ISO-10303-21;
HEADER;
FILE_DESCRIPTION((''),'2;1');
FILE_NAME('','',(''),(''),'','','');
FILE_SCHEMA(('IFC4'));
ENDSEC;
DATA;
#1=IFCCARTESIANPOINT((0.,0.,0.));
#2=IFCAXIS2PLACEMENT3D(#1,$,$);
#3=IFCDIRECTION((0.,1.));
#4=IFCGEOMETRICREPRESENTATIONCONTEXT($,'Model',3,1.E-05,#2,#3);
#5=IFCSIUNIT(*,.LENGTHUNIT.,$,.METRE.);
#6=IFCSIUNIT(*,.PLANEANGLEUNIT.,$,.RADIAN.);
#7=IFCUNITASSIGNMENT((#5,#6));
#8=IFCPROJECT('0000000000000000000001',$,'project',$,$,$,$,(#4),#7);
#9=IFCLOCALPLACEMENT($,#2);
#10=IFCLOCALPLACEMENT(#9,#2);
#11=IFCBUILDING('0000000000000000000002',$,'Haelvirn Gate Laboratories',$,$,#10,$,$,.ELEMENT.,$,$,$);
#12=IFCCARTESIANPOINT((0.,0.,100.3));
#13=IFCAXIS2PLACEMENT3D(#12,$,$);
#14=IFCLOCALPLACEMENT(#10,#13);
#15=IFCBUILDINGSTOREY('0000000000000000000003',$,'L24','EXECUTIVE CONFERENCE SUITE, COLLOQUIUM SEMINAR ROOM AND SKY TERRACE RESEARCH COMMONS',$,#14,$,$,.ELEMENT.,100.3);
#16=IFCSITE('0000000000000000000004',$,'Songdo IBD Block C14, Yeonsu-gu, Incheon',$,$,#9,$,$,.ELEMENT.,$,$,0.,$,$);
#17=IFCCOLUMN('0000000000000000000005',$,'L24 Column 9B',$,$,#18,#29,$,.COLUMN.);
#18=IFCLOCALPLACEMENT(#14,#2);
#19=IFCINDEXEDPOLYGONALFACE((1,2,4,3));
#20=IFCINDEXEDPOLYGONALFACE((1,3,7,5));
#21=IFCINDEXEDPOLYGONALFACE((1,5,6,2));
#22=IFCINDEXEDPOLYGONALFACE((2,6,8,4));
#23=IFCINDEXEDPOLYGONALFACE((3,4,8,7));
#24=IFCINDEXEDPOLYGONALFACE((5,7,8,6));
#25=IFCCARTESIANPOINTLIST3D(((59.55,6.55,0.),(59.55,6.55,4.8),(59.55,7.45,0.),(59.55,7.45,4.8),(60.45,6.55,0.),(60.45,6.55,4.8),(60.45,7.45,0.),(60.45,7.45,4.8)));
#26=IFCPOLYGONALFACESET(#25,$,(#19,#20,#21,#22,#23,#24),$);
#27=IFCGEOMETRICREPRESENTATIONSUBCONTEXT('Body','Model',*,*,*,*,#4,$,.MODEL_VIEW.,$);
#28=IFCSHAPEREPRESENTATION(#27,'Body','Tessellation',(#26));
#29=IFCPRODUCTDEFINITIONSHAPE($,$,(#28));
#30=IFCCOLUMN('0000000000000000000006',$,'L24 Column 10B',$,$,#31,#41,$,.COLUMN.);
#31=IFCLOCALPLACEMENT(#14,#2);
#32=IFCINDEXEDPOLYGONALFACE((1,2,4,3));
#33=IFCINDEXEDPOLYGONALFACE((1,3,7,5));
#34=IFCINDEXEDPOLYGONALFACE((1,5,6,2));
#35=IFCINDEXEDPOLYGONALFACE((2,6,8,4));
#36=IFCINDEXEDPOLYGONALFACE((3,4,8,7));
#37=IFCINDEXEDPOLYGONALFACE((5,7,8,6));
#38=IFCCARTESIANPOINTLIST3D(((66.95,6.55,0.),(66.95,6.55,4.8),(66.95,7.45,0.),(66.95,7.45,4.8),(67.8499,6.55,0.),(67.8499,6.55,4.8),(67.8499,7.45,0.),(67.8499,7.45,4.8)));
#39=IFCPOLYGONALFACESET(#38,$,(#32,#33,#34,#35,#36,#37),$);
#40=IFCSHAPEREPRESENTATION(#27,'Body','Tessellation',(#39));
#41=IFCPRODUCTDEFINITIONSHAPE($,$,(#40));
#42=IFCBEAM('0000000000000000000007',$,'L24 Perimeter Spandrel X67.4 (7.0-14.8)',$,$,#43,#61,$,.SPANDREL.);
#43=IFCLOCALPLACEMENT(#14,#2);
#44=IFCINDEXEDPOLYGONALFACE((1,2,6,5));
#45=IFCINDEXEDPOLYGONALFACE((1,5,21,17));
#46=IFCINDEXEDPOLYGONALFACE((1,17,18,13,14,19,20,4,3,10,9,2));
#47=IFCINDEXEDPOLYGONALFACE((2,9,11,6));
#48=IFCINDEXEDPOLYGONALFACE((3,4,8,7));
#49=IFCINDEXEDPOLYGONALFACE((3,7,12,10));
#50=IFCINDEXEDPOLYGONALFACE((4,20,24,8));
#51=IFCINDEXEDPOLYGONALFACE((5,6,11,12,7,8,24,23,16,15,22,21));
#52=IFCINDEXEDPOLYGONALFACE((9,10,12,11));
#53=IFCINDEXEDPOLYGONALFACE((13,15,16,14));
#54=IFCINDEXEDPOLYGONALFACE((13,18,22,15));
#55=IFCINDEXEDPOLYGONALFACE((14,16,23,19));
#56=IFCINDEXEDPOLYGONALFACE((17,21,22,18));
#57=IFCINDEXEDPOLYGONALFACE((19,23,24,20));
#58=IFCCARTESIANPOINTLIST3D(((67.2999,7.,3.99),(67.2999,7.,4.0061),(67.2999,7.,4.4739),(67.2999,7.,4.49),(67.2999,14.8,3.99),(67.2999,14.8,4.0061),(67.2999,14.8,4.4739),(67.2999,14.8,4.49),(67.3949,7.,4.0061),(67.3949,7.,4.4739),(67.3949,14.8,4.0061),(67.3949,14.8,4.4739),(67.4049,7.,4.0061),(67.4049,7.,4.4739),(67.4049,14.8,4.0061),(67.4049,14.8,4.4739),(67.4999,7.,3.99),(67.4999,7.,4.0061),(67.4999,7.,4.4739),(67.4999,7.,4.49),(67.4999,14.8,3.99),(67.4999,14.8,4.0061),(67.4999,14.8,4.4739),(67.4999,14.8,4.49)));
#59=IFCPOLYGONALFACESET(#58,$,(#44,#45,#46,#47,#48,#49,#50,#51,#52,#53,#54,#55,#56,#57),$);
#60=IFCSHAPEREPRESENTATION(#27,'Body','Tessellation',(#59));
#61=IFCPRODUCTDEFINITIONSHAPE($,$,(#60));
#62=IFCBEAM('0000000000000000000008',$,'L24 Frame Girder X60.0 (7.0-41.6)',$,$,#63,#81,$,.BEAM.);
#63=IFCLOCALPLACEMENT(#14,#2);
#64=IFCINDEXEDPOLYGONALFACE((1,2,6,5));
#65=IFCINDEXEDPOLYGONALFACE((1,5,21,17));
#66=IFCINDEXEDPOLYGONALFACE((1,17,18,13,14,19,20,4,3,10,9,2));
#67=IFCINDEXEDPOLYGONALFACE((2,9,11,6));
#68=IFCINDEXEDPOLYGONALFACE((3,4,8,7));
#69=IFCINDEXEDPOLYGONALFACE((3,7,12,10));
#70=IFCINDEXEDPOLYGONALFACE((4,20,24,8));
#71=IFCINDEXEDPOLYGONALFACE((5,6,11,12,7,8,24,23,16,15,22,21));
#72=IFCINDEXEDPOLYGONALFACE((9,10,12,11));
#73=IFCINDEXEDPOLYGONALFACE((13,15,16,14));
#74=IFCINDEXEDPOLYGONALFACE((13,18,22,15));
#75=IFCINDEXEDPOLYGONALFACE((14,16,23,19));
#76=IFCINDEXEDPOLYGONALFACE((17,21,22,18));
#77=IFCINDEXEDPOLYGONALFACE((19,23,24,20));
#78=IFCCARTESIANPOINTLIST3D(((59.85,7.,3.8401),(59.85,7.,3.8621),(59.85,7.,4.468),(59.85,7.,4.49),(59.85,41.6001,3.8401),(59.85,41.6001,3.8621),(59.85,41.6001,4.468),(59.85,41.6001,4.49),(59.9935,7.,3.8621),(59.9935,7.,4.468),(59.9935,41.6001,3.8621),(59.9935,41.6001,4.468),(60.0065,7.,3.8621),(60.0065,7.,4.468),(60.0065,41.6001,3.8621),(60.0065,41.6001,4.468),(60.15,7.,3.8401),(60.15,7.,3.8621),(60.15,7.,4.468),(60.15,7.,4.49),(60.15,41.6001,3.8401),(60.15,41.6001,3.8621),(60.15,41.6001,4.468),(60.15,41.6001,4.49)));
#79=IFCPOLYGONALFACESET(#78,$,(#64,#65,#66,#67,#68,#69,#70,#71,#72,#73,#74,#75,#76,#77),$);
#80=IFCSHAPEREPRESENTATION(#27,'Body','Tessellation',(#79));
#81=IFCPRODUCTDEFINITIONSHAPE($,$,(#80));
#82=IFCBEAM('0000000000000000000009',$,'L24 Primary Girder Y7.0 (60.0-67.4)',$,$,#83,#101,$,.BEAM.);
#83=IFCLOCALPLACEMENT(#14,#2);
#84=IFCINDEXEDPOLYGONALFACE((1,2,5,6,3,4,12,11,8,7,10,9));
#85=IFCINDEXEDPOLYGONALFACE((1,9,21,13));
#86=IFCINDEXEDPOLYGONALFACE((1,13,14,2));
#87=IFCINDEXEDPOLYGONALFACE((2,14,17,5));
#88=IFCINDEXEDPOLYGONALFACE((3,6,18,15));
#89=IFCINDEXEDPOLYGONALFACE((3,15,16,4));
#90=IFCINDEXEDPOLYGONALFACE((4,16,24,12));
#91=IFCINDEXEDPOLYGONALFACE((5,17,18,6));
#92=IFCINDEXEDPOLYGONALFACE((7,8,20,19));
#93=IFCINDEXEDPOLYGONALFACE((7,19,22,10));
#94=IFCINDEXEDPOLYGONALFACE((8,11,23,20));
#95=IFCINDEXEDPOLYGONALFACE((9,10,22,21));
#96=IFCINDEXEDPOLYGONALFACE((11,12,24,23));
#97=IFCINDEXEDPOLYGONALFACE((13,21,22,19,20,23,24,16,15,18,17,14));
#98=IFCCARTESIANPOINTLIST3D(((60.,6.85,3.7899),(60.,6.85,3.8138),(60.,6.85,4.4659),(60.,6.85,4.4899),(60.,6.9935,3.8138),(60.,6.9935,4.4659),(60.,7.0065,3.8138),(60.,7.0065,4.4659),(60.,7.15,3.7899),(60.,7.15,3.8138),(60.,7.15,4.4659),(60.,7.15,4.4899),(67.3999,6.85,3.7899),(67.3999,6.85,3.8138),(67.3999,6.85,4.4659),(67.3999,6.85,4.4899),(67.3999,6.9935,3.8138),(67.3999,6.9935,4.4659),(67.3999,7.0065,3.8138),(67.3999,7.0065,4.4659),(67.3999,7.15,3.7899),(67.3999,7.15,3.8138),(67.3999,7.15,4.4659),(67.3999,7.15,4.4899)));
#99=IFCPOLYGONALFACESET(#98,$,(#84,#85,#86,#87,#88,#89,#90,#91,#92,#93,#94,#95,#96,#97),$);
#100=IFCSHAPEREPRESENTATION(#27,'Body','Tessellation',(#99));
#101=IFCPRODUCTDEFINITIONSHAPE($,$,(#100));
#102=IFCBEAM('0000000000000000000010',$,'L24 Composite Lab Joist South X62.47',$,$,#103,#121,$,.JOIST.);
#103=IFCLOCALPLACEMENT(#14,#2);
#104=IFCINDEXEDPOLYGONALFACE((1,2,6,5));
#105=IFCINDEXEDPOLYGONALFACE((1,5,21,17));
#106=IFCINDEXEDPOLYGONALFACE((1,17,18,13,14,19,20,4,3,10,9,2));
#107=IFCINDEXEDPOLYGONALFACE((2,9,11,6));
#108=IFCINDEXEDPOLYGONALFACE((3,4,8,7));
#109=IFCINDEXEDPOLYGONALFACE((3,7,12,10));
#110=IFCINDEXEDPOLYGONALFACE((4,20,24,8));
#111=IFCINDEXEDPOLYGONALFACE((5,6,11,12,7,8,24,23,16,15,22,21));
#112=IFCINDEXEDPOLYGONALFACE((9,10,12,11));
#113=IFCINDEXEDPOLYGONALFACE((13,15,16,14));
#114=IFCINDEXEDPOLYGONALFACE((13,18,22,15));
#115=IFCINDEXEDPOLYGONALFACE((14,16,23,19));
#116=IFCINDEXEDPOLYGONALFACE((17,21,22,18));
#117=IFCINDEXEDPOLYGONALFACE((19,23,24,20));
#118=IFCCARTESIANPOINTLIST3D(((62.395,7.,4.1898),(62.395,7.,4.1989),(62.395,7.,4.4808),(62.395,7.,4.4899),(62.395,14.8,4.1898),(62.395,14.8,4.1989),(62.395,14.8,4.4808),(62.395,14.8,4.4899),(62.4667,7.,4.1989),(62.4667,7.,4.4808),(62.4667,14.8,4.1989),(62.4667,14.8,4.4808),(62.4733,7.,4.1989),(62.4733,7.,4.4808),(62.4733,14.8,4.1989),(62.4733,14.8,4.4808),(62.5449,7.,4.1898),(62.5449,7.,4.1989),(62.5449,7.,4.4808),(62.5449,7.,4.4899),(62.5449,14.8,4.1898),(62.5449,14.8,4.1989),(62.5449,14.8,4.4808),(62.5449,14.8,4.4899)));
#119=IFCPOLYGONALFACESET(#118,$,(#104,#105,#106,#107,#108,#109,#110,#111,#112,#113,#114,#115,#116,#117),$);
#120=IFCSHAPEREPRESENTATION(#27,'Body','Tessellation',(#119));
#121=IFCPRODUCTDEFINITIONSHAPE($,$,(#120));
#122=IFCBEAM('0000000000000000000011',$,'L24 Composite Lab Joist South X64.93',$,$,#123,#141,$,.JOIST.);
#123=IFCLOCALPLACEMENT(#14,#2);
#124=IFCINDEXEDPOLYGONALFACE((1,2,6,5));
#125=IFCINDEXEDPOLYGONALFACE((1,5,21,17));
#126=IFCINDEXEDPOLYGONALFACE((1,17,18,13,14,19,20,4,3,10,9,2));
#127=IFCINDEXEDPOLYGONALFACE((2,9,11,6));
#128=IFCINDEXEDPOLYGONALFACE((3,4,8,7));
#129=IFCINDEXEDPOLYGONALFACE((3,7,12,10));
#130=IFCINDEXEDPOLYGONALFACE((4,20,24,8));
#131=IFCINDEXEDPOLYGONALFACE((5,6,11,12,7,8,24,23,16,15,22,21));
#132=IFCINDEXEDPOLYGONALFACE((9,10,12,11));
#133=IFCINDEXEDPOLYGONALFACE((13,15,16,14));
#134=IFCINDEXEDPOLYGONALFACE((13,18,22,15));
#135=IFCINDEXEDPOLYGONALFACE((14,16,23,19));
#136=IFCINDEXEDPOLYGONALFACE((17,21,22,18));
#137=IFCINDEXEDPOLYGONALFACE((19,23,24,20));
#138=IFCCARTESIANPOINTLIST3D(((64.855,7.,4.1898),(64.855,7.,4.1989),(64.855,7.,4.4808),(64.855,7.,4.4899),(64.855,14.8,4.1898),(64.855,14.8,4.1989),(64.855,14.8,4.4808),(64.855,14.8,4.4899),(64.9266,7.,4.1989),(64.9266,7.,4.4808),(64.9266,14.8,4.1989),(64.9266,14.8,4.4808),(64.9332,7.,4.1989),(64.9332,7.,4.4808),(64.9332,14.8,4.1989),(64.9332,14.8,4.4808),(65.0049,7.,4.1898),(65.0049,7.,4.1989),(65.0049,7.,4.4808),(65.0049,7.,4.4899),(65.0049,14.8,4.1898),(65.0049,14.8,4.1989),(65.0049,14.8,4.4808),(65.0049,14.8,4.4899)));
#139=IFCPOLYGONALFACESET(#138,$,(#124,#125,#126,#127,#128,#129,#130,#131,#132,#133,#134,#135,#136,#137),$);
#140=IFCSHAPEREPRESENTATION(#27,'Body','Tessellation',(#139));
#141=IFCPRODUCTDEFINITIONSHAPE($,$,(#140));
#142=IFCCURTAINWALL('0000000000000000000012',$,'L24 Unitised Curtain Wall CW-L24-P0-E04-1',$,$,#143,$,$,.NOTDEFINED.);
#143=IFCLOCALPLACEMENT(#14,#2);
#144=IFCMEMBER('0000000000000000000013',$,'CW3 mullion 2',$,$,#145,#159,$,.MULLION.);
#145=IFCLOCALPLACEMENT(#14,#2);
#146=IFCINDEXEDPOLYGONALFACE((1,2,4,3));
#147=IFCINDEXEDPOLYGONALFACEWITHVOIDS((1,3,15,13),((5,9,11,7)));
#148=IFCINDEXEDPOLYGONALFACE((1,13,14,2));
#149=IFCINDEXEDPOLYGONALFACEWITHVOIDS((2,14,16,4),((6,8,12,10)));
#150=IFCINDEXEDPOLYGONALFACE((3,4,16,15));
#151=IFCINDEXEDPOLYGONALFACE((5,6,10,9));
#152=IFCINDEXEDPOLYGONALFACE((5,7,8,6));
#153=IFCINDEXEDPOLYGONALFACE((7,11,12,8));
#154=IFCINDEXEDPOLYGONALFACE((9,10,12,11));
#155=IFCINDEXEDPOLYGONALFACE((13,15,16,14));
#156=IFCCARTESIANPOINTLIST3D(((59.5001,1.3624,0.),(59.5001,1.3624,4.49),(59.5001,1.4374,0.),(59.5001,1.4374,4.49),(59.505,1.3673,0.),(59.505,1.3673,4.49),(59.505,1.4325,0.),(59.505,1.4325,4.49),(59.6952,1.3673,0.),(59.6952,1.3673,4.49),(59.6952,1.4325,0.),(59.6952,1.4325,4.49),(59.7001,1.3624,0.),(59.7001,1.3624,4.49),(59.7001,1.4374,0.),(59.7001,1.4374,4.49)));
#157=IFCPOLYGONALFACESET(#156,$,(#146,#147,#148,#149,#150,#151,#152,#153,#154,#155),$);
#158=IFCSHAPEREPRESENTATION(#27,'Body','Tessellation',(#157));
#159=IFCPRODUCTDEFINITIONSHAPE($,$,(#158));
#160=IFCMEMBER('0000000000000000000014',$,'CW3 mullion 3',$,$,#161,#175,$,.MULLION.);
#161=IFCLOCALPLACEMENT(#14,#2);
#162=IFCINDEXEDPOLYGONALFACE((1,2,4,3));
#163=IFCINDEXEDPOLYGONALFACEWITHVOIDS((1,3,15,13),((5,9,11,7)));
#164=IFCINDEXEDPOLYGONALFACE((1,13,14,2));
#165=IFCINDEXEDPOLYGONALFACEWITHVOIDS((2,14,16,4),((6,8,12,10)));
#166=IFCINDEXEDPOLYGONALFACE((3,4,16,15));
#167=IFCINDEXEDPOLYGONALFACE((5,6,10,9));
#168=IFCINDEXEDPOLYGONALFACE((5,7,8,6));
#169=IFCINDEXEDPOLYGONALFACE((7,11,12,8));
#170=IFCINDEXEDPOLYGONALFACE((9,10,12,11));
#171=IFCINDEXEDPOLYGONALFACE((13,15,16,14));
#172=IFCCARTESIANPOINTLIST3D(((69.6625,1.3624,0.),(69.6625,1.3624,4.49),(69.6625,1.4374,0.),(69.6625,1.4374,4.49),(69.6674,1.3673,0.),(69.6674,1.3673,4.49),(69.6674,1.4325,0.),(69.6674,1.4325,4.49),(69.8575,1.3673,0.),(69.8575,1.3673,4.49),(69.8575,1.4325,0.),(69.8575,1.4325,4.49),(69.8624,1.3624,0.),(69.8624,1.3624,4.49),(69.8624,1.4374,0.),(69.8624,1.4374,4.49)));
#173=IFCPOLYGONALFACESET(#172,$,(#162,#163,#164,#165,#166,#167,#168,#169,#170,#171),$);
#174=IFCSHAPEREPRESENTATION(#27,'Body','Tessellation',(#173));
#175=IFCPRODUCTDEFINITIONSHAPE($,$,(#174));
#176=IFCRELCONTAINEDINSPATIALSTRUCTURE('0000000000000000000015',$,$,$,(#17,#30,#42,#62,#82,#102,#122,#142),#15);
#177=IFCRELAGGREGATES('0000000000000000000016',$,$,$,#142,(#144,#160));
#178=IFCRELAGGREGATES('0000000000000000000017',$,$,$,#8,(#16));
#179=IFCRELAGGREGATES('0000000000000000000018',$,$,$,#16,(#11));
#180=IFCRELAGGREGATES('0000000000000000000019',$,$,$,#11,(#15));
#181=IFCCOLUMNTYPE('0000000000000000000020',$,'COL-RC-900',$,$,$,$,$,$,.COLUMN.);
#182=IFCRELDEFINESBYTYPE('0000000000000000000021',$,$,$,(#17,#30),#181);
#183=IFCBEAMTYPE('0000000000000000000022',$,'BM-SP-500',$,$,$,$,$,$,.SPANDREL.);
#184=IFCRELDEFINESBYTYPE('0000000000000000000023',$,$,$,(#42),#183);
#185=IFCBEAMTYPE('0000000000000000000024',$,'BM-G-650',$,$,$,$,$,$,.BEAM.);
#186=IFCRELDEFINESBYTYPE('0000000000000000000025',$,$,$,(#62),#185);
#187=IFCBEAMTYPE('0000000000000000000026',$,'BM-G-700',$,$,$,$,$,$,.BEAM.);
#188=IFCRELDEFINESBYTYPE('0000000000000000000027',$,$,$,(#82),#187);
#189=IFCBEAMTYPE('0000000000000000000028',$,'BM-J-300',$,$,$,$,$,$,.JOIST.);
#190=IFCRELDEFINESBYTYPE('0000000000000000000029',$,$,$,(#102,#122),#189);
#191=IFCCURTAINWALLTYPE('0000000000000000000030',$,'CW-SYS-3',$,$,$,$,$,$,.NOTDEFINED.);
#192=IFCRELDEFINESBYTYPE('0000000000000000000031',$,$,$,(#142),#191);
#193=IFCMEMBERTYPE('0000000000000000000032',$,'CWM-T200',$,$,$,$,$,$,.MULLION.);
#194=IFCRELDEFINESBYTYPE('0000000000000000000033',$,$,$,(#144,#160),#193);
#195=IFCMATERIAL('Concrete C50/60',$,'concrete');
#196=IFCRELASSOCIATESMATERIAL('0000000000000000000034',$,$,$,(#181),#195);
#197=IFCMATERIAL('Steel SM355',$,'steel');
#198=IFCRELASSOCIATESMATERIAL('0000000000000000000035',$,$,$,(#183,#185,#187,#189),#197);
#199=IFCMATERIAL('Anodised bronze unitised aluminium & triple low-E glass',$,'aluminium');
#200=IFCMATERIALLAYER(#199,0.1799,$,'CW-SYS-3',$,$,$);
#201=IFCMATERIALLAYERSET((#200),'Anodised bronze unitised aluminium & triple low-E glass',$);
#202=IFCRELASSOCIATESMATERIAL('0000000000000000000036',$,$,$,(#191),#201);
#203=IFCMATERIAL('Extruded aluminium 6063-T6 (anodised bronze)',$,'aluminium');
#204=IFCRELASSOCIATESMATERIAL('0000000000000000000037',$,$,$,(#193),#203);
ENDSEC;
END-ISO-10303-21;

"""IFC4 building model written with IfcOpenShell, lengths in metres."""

from ifc_helpers import new_model, si_unit, direction, frame, origin, origin_2d, place, context, subcontext, project, spatial, rectangle, hollow_rectangle, i_section, extrude, source, transform, mapped, material, layer, layer_set, material_profile, profile_set, type_object, type_shapes, element, aggregate, save


model = new_model("IFC4")

# Units and contexts
model_context = context("Model", 3, precision=1e-05, world=origin(), true_north=direction((0.0, 1.0)))
body_context = subcontext(model_context, "Body", "Model", "MODEL_VIEW")
ifc_project = project(units=[si_unit("LENGTHUNIT", "METRE"), si_unit("PLANEANGLEUNIT", "RADIAN")], contexts=[model_context])

# Site, building, storey
site_placement = place(None, origin())
site = spatial("IfcSite", under=ifc_project, at=site_placement, Name="Songdo IBD Block C14, Yeonsu-gu, Incheon", CompositionType="ELEMENT", RefElevation=0.0)
building_placement = place(site_placement, origin())
building = spatial("IfcBuilding", under=site, at=building_placement, Name="Haelvirn Gate Laboratories", CompositionType="ELEMENT")
storey_placement = place(building_placement, frame((0.0, 0.0, 100.3)))
storey = spatial("IfcBuildingStorey", under=building, at=storey_placement, Name="L24", Description="EXECUTIVE CONFERENCE SUITE, COLLOQUIUM SEMINAR ROOM AND SKY TERRACE RESEARCH COMMONS", CompositionType="ELEMENT", Elevation=100.3)

# Columns
ifc_material_1 = material(Name="Concrete C50/60", Category="concrete")
ifc_material_profile_1 = material_profile(ifc_material_1, rectangle(XDim=0.8999, YDim=0.8999, at=origin_2d()), Name="RC-900x900")
ifc_profile_set_1 = profile_set([ifc_material_profile_1], Name="Concrete C50/60")
column_type = type_object("IfcColumnType", Name="COL-RC-900", PredefinedType="COLUMN", material=ifc_profile_set_1)
shared_shape_1 = source(origin(), body_context, "Body", "SweptSolid", [
    extrude(rectangle(XDim=0.8999, YDim=0.8999, at=origin_2d()), origin(), (0.0, 0.0, 1.0), 4.8),
])
type_shapes(column_type, [shared_shape_1])
for number, where, z_axis, x_axis, name in (
    (1, (60.0, 7.0, 0.0), (0.0, 0.0, 1.0), (1.0, 0.0, 0.0), "L24 Column 9B"),
    (2, (67.3999, 7.0, 0.0), (0.0, 0.0, 1.0), (1.0, 0.0, 0.0), "L24 Column 10B"),
):
    element("IfcColumn", number, at=place(storey_placement, frame(where, z_axis=z_axis, x_axis=x_axis)), inside=storey, type_object=column_type, Name=name, PredefinedType="COLUMN", context=body_context, shape_type="MappedRepresentation", body=[
        mapped(shared_shape_1, transform((0.0, 0.0, 0.0), scale=1.0)),
    ])

# Beams
ifc_material_2 = material(Name="Steel SM355", Category="steel")
ifc_material_profile_2 = material_profile(ifc_material_2, i_section(OverallWidth=0.2, OverallDepth=0.5, WebThickness=0.01, FlangeThickness=0.0161, at=origin_2d()), Name="H-500x200x10x16")
ifc_profile_set_2 = profile_set([ifc_material_profile_2], Name="Steel SM355")
beam_type_1 = type_object("IfcBeamType", Name="BM-SP-500", PredefinedType="SPANDREL", material=ifc_profile_set_2)
shared_shape_2 = source(origin(), body_context, "Body", "SweptSolid", [
    extrude(i_section(OverallWidth=0.2, OverallDepth=0.5, WebThickness=0.01, FlangeThickness=0.0161, at=origin_2d()), origin(), (0.0, 0.0, 1.0), 7.8),
])
type_shapes(beam_type_1, [shared_shape_2])
beam_1_placement = place(storey_placement, frame((67.3999, 7.0, 4.24), z_axis=(0.0, 1.0, 0.0), x_axis=(-1.0, 0.0, 0.0)))
element("IfcBeam", 3, at=beam_1_placement, inside=storey, type_object=beam_type_1, Name="L24 Perimeter Spandrel X67.4 (7.0-14.8)", PredefinedType="SPANDREL", context=body_context, shape_type="MappedRepresentation", body=[
    mapped(shared_shape_2, transform((0.0, 0.0, 0.0), scale=1.0)),
])
ifc_material_profile_3 = material_profile(ifc_material_2, i_section(OverallWidth=0.3, OverallDepth=0.6499, WebThickness=0.0129, FlangeThickness=0.022, at=origin_2d()), Name="H-650x300x13x22")
ifc_profile_set_3 = profile_set([ifc_material_profile_3], Name="Steel SM355")
beam_type_2 = type_object("IfcBeamType", Name="BM-G-650", PredefinedType="BEAM", material=ifc_profile_set_3)
shared_shape_3 = source(origin(), body_context, "Body", "SweptSolid", [
    extrude(i_section(OverallWidth=0.3, OverallDepth=0.6499, WebThickness=0.0129, FlangeThickness=0.022, at=origin_2d()), origin(), (0.0, 0.0, 1.0), 34.6001),
])
type_shapes(beam_type_2, [shared_shape_3])
beam_2_placement = place(storey_placement, frame((60.0, 7.0, 4.165), z_axis=(0.0, 1.0, 0.0), x_axis=(-1.0, 0.0, 0.0)))
element("IfcBeam", 4, at=beam_2_placement, inside=storey, type_object=beam_type_2, Name="L24 Frame Girder X60.0 (7.0-41.6)", PredefinedType="BEAM", context=body_context, shape_type="MappedRepresentation", body=[
    mapped(shared_shape_3, transform((0.0, 0.0, 0.0), scale=1.0)),
])
ifc_material_profile_4 = material_profile(ifc_material_2, i_section(OverallWidth=0.3, OverallDepth=0.7, WebThickness=0.0129, FlangeThickness=0.0239, at=origin_2d()), Name="H-700x300x13x24")
ifc_profile_set_4 = profile_set([ifc_material_profile_4], Name="Steel SM355")
beam_type_3 = type_object("IfcBeamType", Name="BM-G-700", PredefinedType="BEAM", material=ifc_profile_set_4)
shared_shape_4 = source(origin(), body_context, "Body", "SweptSolid", [
    extrude(i_section(OverallWidth=0.3, OverallDepth=0.7, WebThickness=0.0129, FlangeThickness=0.0239, at=origin_2d()), origin(), (0.0, 0.0, 1.0), 7.3999),
])
type_shapes(beam_type_3, [shared_shape_4])
beam_3_placement = place(storey_placement, frame((60.0, 7.0, 4.1399), z_axis=(1.0, 0.0, 0.0), x_axis=(0.0, 1.0, 0.0)))
element("IfcBeam", 5, at=beam_3_placement, inside=storey, type_object=beam_type_3, Name="L24 Primary Girder Y7.0 (60.0-67.4)", PredefinedType="BEAM", context=body_context, shape_type="MappedRepresentation", body=[
    mapped(shared_shape_4, transform((0.0, 0.0, 0.0), scale=1.0)),
])
ifc_material_profile_5 = material_profile(ifc_material_2, i_section(OverallWidth=0.1499, OverallDepth=0.3, WebThickness=0.0066, FlangeThickness=0.009, at=origin_2d()), Name="H-300x150x6.5x9")
ifc_profile_set_5 = profile_set([ifc_material_profile_5], Name="Steel SM355")
beam_type_4 = type_object("IfcBeamType", Name="BM-J-300", PredefinedType="JOIST", material=ifc_profile_set_5)
shared_shape_5 = source(origin(), body_context, "Body", "SweptSolid", [
    extrude(i_section(OverallWidth=0.1499, OverallDepth=0.3, WebThickness=0.0066, FlangeThickness=0.009, at=origin_2d()), origin(), (0.0, 0.0, 1.0), 7.8),
])
type_shapes(beam_type_4, [shared_shape_5])
for number, where, z_axis, x_axis, name in (
    (6, (62.47, 7.0, 4.3398), (0.0, 1.0, 0.0), (-1.0, 0.0, 0.0), "L24 Composite Lab Joist South X62.47"),
    (7, (64.9299, 7.0, 4.3398), (0.0, 1.0, 0.0), (-1.0, 0.0, 0.0), "L24 Composite Lab Joist South X64.93"),
):
    element("IfcBeam", number, at=place(storey_placement, frame(where, z_axis=z_axis, x_axis=x_axis)), inside=storey, type_object=beam_type_4, Name=name, PredefinedType="JOIST", context=body_context, shape_type="MappedRepresentation", body=[
        mapped(shared_shape_5, transform((0.0, 0.0, 0.0), scale=1.0)),
    ])

# Curtain wall, members
ifc_material_3 = material(Name="Anodised bronze unitised aluminium & triple low-E glass", Category="aluminium")
ifc_layer_1 = layer(ifc_material_3, 0.1799, Name="CW-SYS-3")
ifc_layer_set_1 = layer_set([ifc_layer_1], Name="Anodised bronze unitised aluminium & triple low-E glass")
curtain_wall_type_1 = type_object("IfcCurtainWallType", Name="CW-SYS-3", PredefinedType="NOTDEFINED", material=ifc_layer_set_1)
curtain_wall_1_placement = place(storey_placement, origin())
curtain_wall_1 = element("IfcCurtainWall", 8, at=curtain_wall_1_placement, inside=storey, type_object=curtain_wall_type_1, Name="L24 Unitised Curtain Wall CW-L24-P0-E04-1", PredefinedType="NOTDEFINED")
ifc_material_4 = material(Name="Extruded aluminium 6063-T6 (anodised bronze)", Category="aluminium")
ifc_material_profile_6 = material_profile(ifc_material_4, hollow_rectangle(XDim=0.075, YDim=0.2, WallThickness=0.0049, at=origin_2d()), Name="CWM-200x75x5")
ifc_profile_set_6 = profile_set([ifc_material_profile_6], Name="Extruded aluminium 6063-T6 (anodised bronze)")
member_type_1 = type_object("IfcMemberType", Name="CWM-T200", PredefinedType="MULLION", material=ifc_profile_set_6)
shared_shape_6 = source(origin(), body_context, "Body", "SweptSolid", [
    extrude(hollow_rectangle(XDim=0.075, YDim=0.2, WallThickness=0.0049, at=origin_2d()), origin(), (0.0, 0.0, 1.0), 4.49),
])
type_shapes(member_type_1, [shared_shape_6])
member_1_placement = place(storey_placement, frame((59.6001, 1.3999, 0.0), z_axis=(0.0, 0.0, 1.0), x_axis=(0.0, 1.0, 0.0)))
member_1 = element("IfcMember", 9, at=member_1_placement, type_object=member_type_1, Name="CW3 mullion 2", PredefinedType="MULLION", context=body_context, shape_type="MappedRepresentation", body=[
    mapped(shared_shape_6, transform((0.0, 0.0, 0.0), scale=1.0)),
])
member_2_placement = place(storey_placement, frame((69.7625, 1.3999, 0.0), z_axis=(0.0, 0.0, 1.0), x_axis=(0.0, 1.0, 0.0)))
member_2 = element("IfcMember", 10, at=member_2_placement, type_object=member_type_1, Name="CW3 mullion 3", PredefinedType="MULLION", context=body_context, shape_type="MappedRepresentation", body=[
    mapped(shared_shape_6, transform((0.0, 0.0, 0.0), scale=1.0)),
])

aggregate(curtain_wall_1, [member_1, member_2])

save(model, "model.ifc")
